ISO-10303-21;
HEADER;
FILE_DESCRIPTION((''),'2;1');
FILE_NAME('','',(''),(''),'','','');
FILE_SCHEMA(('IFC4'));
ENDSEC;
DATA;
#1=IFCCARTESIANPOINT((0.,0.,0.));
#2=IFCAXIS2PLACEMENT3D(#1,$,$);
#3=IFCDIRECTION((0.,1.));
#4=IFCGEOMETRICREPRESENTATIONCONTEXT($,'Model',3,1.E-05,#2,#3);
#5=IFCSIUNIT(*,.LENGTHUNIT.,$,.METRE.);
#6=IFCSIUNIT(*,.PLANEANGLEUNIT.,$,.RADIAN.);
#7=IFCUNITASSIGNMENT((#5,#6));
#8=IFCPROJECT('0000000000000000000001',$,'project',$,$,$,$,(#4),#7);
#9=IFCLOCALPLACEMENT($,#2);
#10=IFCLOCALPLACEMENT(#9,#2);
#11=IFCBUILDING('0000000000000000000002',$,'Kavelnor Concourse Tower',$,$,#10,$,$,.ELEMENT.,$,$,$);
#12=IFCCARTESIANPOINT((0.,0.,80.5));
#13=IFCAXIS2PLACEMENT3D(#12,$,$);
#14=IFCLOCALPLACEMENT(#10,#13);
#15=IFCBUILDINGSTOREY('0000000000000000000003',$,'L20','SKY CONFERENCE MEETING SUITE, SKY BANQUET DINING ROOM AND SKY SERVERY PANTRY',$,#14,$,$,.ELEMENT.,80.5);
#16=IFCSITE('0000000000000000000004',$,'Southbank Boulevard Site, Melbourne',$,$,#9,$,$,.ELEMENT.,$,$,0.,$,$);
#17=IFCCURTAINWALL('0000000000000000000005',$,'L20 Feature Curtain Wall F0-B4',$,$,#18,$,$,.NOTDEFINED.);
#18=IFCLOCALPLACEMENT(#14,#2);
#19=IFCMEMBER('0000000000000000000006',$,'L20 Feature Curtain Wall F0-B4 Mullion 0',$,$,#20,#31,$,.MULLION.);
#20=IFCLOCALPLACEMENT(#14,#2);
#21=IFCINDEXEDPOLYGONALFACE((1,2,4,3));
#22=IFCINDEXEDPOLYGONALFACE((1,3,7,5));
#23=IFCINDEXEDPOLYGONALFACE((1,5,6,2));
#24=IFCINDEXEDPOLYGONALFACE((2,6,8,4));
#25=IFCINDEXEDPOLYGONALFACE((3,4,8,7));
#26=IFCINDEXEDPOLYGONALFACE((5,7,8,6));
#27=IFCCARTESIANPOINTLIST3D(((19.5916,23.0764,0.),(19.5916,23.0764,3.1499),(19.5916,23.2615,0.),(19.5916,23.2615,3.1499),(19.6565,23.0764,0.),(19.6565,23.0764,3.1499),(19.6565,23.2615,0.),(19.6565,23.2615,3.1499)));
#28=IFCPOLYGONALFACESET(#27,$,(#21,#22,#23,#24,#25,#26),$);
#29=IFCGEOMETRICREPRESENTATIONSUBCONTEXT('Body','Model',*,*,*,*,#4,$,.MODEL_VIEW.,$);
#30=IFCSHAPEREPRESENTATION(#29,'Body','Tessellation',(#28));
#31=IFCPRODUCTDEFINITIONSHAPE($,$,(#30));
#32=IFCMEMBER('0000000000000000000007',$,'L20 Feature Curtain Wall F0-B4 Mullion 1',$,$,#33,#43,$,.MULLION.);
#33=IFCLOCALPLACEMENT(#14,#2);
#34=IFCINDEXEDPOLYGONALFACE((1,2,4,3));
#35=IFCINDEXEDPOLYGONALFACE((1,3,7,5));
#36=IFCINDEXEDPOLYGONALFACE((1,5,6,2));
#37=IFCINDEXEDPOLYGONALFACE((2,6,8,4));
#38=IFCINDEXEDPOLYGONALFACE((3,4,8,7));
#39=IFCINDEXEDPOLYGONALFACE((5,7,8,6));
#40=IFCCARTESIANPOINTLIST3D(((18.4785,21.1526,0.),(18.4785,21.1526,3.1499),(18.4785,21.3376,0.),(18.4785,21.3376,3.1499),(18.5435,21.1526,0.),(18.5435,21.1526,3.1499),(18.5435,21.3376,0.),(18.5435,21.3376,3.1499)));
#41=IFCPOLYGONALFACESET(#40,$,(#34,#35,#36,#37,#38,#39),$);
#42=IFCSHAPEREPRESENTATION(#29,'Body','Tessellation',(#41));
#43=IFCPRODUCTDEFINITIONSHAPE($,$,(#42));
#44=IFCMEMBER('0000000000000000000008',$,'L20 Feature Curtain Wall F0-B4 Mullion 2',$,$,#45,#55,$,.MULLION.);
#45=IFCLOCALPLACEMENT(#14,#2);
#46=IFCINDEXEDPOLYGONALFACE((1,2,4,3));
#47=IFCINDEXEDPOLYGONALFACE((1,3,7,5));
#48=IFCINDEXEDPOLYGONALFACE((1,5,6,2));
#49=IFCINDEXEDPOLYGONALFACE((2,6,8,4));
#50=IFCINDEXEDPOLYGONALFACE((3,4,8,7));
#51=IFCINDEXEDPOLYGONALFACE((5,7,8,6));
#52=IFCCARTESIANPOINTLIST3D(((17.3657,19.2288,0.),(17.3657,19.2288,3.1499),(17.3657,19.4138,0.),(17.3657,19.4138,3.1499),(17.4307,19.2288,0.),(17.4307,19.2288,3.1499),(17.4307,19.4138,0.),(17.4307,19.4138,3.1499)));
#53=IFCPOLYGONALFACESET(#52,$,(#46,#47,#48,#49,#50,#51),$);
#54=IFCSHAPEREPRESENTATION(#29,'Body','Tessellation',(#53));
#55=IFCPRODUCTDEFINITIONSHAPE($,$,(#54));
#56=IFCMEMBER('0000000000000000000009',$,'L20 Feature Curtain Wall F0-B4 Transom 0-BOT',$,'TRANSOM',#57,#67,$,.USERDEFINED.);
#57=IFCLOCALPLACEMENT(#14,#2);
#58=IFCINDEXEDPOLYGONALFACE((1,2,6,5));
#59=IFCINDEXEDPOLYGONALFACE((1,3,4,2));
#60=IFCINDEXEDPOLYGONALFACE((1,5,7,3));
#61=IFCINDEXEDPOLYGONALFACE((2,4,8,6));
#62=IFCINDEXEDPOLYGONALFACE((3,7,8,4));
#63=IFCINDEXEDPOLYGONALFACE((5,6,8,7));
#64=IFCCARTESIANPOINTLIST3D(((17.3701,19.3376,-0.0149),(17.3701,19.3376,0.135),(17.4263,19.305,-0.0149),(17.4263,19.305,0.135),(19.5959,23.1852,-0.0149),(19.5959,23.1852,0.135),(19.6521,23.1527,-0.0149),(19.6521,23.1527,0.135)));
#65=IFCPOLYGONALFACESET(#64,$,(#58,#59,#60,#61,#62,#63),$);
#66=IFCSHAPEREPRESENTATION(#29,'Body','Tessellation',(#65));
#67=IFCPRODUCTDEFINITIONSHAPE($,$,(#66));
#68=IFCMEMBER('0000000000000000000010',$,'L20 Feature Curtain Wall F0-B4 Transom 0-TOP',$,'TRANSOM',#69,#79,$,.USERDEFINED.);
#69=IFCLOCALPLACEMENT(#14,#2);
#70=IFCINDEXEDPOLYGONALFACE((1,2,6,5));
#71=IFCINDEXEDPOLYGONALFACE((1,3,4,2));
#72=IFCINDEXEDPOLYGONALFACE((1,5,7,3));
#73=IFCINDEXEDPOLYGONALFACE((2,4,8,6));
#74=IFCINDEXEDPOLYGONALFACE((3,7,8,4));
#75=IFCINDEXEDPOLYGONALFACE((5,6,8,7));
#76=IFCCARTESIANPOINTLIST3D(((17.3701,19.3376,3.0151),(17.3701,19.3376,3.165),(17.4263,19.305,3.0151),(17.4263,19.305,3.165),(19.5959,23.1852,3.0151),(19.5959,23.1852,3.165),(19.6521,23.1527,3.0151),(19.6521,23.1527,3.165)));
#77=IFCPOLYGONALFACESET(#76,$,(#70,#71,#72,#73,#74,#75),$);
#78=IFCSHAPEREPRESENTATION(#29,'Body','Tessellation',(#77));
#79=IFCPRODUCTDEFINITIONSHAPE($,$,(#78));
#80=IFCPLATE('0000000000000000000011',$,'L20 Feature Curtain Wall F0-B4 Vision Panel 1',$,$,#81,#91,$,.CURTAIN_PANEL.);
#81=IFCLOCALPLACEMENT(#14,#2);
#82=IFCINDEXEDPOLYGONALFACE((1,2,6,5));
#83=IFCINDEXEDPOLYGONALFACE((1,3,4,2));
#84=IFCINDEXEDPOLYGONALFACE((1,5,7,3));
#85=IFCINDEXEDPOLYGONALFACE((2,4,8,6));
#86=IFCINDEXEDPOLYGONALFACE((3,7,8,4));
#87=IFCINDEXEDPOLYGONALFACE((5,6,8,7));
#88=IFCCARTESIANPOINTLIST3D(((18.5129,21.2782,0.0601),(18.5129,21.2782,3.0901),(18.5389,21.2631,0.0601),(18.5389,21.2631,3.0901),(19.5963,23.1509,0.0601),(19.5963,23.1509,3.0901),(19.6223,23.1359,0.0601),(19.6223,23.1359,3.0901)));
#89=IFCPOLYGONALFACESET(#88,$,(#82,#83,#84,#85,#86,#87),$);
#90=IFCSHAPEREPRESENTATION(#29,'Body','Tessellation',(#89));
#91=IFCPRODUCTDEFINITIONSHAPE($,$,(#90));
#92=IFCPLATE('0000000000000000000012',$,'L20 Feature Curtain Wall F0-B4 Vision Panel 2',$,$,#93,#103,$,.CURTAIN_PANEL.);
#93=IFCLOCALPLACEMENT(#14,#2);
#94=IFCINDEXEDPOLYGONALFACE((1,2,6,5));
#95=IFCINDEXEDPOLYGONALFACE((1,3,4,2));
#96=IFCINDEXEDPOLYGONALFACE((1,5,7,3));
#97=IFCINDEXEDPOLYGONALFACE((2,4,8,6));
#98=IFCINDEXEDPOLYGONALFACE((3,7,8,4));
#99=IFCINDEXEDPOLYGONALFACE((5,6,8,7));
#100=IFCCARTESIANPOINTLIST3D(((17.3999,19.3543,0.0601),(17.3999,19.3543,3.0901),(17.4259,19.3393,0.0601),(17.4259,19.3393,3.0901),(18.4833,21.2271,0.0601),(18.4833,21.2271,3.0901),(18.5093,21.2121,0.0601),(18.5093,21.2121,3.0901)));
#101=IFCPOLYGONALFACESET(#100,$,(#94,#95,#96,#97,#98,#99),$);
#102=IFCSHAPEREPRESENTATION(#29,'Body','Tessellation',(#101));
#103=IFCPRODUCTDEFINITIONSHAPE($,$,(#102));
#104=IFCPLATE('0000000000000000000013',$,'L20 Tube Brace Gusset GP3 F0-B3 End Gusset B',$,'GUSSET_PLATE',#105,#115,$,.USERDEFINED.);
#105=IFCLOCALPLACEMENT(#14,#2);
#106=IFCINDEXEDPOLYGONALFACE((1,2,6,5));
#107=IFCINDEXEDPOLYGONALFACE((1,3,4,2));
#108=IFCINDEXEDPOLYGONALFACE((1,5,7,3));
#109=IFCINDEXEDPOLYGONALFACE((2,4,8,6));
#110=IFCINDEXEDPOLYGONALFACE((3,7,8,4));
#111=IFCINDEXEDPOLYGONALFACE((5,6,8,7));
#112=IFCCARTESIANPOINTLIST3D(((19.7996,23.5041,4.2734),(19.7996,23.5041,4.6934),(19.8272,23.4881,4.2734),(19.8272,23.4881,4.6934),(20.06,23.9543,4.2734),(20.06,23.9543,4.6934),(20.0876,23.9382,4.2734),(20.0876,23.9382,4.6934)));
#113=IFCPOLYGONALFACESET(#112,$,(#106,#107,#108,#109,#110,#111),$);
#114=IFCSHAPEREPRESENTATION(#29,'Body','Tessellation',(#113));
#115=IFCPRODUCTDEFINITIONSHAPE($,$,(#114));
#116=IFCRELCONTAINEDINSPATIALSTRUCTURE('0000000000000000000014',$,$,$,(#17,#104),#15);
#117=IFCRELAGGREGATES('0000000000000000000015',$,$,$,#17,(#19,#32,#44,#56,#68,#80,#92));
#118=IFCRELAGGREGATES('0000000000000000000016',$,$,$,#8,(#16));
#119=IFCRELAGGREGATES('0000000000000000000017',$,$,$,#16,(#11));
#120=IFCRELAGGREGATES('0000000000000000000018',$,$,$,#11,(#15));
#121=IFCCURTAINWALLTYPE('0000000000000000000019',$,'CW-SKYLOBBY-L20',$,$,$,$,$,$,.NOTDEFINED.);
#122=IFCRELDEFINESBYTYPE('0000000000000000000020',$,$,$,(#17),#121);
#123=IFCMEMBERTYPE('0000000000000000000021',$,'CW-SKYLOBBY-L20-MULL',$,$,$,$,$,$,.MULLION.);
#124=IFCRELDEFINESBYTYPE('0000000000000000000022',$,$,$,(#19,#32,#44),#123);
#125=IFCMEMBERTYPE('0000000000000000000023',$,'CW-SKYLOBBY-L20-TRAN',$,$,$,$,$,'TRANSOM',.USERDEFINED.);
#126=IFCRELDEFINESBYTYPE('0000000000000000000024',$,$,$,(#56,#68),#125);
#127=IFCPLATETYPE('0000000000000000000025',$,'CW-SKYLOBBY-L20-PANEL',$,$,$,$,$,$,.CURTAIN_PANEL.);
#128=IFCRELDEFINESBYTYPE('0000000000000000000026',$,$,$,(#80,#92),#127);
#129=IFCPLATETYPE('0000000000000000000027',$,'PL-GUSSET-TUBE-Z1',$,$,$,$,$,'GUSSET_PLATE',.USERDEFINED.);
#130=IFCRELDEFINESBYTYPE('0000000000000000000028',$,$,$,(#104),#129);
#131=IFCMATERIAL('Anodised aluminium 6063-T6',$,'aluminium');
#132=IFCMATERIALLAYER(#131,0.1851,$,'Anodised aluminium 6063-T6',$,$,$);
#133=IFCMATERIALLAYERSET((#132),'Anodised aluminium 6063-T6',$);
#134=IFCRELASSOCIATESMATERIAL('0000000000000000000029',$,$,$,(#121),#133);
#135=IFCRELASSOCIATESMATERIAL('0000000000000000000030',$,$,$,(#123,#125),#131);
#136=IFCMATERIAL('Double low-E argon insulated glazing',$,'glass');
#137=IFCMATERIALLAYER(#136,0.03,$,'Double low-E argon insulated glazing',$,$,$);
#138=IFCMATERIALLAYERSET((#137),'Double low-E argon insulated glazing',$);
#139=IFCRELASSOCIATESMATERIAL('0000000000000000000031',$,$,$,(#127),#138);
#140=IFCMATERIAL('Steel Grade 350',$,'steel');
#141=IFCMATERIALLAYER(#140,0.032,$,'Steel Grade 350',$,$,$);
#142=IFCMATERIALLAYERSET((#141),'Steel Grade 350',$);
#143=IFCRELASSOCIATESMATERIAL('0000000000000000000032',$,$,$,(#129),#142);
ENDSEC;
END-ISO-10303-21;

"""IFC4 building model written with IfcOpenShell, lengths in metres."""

from ifc_helpers import new_model, si_unit, direction, frame, origin, origin_2d, place, context, subcontext, project, spatial, rectangle, extrude, material, layer, layer_set, material_profile, profile_set, type_object, element, aggregate, save


model = new_model("IFC4")

# Units and contexts
model_context = context("Model", 3, precision=1e-05, world=origin(), true_north=direction((0.0, 1.0)))
body_context = subcontext(model_context, "Body", "Model", "MODEL_VIEW")
ifc_project = project(units=[si_unit("LENGTHUNIT", "METRE"), si_unit("PLANEANGLEUNIT", "RADIAN")], contexts=[model_context])

# Site, building, storey
site_placement = place(None, origin())
site = spatial("IfcSite", under=ifc_project, at=site_placement, Name="Southbank Boulevard Site, Melbourne", CompositionType="ELEMENT", RefElevation=0.0)
building_placement = place(site_placement, origin())
building = spatial("IfcBuilding", under=site, at=building_placement, Name="Kavelnor Concourse Tower", CompositionType="ELEMENT")
storey_placement = place(building_placement, frame((0.0, 0.0, 80.5)))
storey = spatial("IfcBuildingStorey", under=building, at=storey_placement, Name="L20", Description="SKY CONFERENCE MEETING SUITE, SKY BANQUET DINING ROOM AND SKY SERVERY PANTRY", CompositionType="ELEMENT", Elevation=80.5)

# Shared definitions
ifc_material_1 = material(Name="Steel Grade 350", Category="steel")

# Curtain wall, members, plates
ifc_material_2 = material(Name="Anodised aluminium 6063-T6", Category="aluminium")
ifc_layer_1 = layer(ifc_material_2, 0.1851, Name="Anodised aluminium 6063-T6")
ifc_layer_set_1 = layer_set([ifc_layer_1], Name="Anodised aluminium 6063-T6")
curtain_wall_type = type_object("IfcCurtainWallType", Name="CW-SKYLOBBY-L20", PredefinedType="NOTDEFINED", material=ifc_layer_set_1)
curtain_wall_placement = place(storey_placement, origin())
curtain_wall = element("IfcCurtainWall", 1, at=curtain_wall_placement, inside=storey, type_object=curtain_wall_type, Name="L20 Feature Curtain Wall F0-B4", PredefinedType="NOTDEFINED")
ifc_material_profile_1 = material_profile(ifc_material_2, rectangle(XDim=0.0649, YDim=0.1851, at=origin_2d()), Name="AL-MULL 65x185")
ifc_profile_set_1 = profile_set([ifc_material_profile_1], Name="Anodised aluminium 6063-T6")
member_type_1 = type_object("IfcMemberType", Name="CW-SKYLOBBY-L20-MULL", PredefinedType="MULLION", material=ifc_profile_set_1)
member_1_placement = place(storey_placement, frame((19.624, 23.1689, 0.0), z_axis=(0.0, 0.0, 1.0), x_axis=(1.0, 0.0, 0.0)))
member_1 = element("IfcMember", 2, at=member_1_placement, type_object=member_type_1, Name="L20 Feature Curtain Wall F0-B4 Mullion 0", PredefinedType="MULLION", context=body_context, shape_type="SweptSolid", body=[
    extrude(rectangle(XDim=0.0649, YDim=0.1851, at=origin_2d()), origin(), (0.0, 0.0, 1.0), 3.1499),
])
member_2_placement = place(storey_placement, frame((18.511, 21.2451, 0.0), z_axis=(0.0, 0.0, 1.0), x_axis=(1.0, 0.0, 0.0)))
member_2 = element("IfcMember", 3, at=member_2_placement, type_object=member_type_1, Name="L20 Feature Curtain Wall F0-B4 Mullion 1", PredefinedType="MULLION", context=body_context, shape_type="SweptSolid", body=[
    extrude(rectangle(XDim=0.0649, YDim=0.1851, at=origin_2d()), origin(), (0.0, 0.0, 1.0), 3.1499),
])
member_3_placement = place(storey_placement, frame((17.3982, 19.3213, 0.0), z_axis=(0.0, 0.0, 1.0), x_axis=(1.0, 0.0, 0.0)))
member_3 = element("IfcMember", 4, at=member_3_placement, type_object=member_type_1, Name="L20 Feature Curtain Wall F0-B4 Mullion 2", PredefinedType="MULLION", context=body_context, shape_type="SweptSolid", body=[
    extrude(rectangle(XDim=0.0649, YDim=0.1851, at=origin_2d()), origin(), (0.0, 0.0, 1.0), 3.1499),
])
ifc_material_profile_2 = material_profile(ifc_material_2, rectangle(XDim=0.0649, YDim=0.1499, at=origin_2d()), Name="AL-TRAN 65x150")
ifc_profile_set_2 = profile_set([ifc_material_profile_2], Name="Anodised aluminium 6063-T6")
member_type_2 = type_object("IfcMemberType", Name="CW-SKYLOBBY-L20-TRAN", ElementType="TRANSOM", PredefinedType="USERDEFINED", material=ifc_profile_set_2)
member_4_placement = place(storey_placement, frame((19.624, 23.1689, 0.0601), z_axis=(-0.50074, -0.865598, 0.0), x_axis=(0.865598, -0.50074, 0.0)))
member_4 = element("IfcMember", 5, at=member_4_placement, type_object=member_type_2, Name="L20 Feature Curtain Wall F0-B4 Transom 0-BOT", ObjectType="TRANSOM", PredefinedType="USERDEFINED", context=body_context, shape_type="SweptSolid", body=[
    extrude(rectangle(XDim=0.0649, YDim=0.1499, at=origin_2d()), origin(), (0.0, 0.0, 1.0), 4.4451),
])
member_5_placement = place(storey_placement, frame((19.624, 23.1689, 3.0901), z_axis=(-0.50074, -0.865598, 0.0), x_axis=(0.865598, -0.50074, 0.0)))
member_5 = element("IfcMember", 6, at=member_5_placement, type_object=member_type_2, Name="L20 Feature Curtain Wall F0-B4 Transom 0-TOP", ObjectType="TRANSOM", PredefinedType="USERDEFINED", context=body_context, shape_type="SweptSolid", body=[
    extrude(rectangle(XDim=0.0649, YDim=0.1499, at=origin_2d()), origin(), (0.0, 0.0, 1.0), 4.4451),
])
ifc_material_3 = material(Name="Double low-E argon insulated glazing", Category="glass")
ifc_layer_2 = layer(ifc_material_3, 0.03, Name="Double low-E argon insulated glazing")
ifc_layer_set_2 = layer_set([ifc_layer_2], Name="Double low-E argon insulated glazing")
plate_type_1 = type_object("IfcPlateType", Name="CW-SKYLOBBY-L20-PANEL", PredefinedType="CURTAIN_PANEL", material=ifc_layer_set_2)
plate_1_placement = place(storey_placement, frame((19.0676, 22.207, 0.0601), z_axis=(0.0, 0.0, 1.0), x_axis=(-0.500756, -0.865589, 0.0)))
plate_1 = element("IfcPlate", 7, at=plate_1_placement, type_object=plate_type_1, Name="L20 Feature Curtain Wall F0-B4 Vision Panel 1", PredefinedType="CURTAIN_PANEL", context=body_context, shape_type="SweptSolid", body=[
    extrude(rectangle(XDim=2.1636, YDim=0.03, at=origin_2d()), origin(), (0.0, 0.0, 1.0), 3.03),
])
plate_2_placement = place(storey_placement, frame((17.9546, 20.2832, 0.0601), z_axis=(0.0, 0.0, 1.0), x_axis=(-0.500756, -0.865589, 0.0)))
plate_2 = element("IfcPlate", 8, at=plate_2_placement, type_object=plate_type_1, Name="L20 Feature Curtain Wall F0-B4 Vision Panel 2", PredefinedType="CURTAIN_PANEL", context=body_context, shape_type="SweptSolid", body=[
    extrude(rectangle(XDim=2.1636, YDim=0.03, at=origin_2d()), origin(), (0.0, 0.0, 1.0), 3.03),
])
aggregate(curtain_wall, [member_1, member_2, member_3, member_4, member_5, plate_1, plate_2])

# Plate
ifc_layer_3 = layer(ifc_material_1, 0.032, Name="Steel Grade 350")
ifc_layer_set_3 = layer_set([ifc_layer_3], Name="Steel Grade 350")
plate_type_2 = type_object("IfcPlateType", Name="PL-GUSSET-TUBE-Z1", ElementType="GUSSET_PLATE", PredefinedType="USERDEFINED", material=ifc_layer_set_3)
plate_3_placement = place(storey_placement, frame((19.9436, 23.7212, 4.2734), z_axis=(0.0, 0.0, 1.0), x_axis=(-0.500756, -0.865589, 0.0)))
element("IfcPlate", 9, at=plate_3_placement, inside=storey, type_object=plate_type_2, Name="L20 Tube Brace Gusset GP3 F0-B3 End Gusset B", ObjectType="GUSSET_PLATE", PredefinedType="USERDEFINED", context=body_context, shape_type="SweptSolid", body=[
    extrude(rectangle(XDim=0.52, YDim=0.032, at=origin_2d()), origin(), (0.0, 0.0, 1.0), 0.4199),
])

save(model, "model.ifc")
